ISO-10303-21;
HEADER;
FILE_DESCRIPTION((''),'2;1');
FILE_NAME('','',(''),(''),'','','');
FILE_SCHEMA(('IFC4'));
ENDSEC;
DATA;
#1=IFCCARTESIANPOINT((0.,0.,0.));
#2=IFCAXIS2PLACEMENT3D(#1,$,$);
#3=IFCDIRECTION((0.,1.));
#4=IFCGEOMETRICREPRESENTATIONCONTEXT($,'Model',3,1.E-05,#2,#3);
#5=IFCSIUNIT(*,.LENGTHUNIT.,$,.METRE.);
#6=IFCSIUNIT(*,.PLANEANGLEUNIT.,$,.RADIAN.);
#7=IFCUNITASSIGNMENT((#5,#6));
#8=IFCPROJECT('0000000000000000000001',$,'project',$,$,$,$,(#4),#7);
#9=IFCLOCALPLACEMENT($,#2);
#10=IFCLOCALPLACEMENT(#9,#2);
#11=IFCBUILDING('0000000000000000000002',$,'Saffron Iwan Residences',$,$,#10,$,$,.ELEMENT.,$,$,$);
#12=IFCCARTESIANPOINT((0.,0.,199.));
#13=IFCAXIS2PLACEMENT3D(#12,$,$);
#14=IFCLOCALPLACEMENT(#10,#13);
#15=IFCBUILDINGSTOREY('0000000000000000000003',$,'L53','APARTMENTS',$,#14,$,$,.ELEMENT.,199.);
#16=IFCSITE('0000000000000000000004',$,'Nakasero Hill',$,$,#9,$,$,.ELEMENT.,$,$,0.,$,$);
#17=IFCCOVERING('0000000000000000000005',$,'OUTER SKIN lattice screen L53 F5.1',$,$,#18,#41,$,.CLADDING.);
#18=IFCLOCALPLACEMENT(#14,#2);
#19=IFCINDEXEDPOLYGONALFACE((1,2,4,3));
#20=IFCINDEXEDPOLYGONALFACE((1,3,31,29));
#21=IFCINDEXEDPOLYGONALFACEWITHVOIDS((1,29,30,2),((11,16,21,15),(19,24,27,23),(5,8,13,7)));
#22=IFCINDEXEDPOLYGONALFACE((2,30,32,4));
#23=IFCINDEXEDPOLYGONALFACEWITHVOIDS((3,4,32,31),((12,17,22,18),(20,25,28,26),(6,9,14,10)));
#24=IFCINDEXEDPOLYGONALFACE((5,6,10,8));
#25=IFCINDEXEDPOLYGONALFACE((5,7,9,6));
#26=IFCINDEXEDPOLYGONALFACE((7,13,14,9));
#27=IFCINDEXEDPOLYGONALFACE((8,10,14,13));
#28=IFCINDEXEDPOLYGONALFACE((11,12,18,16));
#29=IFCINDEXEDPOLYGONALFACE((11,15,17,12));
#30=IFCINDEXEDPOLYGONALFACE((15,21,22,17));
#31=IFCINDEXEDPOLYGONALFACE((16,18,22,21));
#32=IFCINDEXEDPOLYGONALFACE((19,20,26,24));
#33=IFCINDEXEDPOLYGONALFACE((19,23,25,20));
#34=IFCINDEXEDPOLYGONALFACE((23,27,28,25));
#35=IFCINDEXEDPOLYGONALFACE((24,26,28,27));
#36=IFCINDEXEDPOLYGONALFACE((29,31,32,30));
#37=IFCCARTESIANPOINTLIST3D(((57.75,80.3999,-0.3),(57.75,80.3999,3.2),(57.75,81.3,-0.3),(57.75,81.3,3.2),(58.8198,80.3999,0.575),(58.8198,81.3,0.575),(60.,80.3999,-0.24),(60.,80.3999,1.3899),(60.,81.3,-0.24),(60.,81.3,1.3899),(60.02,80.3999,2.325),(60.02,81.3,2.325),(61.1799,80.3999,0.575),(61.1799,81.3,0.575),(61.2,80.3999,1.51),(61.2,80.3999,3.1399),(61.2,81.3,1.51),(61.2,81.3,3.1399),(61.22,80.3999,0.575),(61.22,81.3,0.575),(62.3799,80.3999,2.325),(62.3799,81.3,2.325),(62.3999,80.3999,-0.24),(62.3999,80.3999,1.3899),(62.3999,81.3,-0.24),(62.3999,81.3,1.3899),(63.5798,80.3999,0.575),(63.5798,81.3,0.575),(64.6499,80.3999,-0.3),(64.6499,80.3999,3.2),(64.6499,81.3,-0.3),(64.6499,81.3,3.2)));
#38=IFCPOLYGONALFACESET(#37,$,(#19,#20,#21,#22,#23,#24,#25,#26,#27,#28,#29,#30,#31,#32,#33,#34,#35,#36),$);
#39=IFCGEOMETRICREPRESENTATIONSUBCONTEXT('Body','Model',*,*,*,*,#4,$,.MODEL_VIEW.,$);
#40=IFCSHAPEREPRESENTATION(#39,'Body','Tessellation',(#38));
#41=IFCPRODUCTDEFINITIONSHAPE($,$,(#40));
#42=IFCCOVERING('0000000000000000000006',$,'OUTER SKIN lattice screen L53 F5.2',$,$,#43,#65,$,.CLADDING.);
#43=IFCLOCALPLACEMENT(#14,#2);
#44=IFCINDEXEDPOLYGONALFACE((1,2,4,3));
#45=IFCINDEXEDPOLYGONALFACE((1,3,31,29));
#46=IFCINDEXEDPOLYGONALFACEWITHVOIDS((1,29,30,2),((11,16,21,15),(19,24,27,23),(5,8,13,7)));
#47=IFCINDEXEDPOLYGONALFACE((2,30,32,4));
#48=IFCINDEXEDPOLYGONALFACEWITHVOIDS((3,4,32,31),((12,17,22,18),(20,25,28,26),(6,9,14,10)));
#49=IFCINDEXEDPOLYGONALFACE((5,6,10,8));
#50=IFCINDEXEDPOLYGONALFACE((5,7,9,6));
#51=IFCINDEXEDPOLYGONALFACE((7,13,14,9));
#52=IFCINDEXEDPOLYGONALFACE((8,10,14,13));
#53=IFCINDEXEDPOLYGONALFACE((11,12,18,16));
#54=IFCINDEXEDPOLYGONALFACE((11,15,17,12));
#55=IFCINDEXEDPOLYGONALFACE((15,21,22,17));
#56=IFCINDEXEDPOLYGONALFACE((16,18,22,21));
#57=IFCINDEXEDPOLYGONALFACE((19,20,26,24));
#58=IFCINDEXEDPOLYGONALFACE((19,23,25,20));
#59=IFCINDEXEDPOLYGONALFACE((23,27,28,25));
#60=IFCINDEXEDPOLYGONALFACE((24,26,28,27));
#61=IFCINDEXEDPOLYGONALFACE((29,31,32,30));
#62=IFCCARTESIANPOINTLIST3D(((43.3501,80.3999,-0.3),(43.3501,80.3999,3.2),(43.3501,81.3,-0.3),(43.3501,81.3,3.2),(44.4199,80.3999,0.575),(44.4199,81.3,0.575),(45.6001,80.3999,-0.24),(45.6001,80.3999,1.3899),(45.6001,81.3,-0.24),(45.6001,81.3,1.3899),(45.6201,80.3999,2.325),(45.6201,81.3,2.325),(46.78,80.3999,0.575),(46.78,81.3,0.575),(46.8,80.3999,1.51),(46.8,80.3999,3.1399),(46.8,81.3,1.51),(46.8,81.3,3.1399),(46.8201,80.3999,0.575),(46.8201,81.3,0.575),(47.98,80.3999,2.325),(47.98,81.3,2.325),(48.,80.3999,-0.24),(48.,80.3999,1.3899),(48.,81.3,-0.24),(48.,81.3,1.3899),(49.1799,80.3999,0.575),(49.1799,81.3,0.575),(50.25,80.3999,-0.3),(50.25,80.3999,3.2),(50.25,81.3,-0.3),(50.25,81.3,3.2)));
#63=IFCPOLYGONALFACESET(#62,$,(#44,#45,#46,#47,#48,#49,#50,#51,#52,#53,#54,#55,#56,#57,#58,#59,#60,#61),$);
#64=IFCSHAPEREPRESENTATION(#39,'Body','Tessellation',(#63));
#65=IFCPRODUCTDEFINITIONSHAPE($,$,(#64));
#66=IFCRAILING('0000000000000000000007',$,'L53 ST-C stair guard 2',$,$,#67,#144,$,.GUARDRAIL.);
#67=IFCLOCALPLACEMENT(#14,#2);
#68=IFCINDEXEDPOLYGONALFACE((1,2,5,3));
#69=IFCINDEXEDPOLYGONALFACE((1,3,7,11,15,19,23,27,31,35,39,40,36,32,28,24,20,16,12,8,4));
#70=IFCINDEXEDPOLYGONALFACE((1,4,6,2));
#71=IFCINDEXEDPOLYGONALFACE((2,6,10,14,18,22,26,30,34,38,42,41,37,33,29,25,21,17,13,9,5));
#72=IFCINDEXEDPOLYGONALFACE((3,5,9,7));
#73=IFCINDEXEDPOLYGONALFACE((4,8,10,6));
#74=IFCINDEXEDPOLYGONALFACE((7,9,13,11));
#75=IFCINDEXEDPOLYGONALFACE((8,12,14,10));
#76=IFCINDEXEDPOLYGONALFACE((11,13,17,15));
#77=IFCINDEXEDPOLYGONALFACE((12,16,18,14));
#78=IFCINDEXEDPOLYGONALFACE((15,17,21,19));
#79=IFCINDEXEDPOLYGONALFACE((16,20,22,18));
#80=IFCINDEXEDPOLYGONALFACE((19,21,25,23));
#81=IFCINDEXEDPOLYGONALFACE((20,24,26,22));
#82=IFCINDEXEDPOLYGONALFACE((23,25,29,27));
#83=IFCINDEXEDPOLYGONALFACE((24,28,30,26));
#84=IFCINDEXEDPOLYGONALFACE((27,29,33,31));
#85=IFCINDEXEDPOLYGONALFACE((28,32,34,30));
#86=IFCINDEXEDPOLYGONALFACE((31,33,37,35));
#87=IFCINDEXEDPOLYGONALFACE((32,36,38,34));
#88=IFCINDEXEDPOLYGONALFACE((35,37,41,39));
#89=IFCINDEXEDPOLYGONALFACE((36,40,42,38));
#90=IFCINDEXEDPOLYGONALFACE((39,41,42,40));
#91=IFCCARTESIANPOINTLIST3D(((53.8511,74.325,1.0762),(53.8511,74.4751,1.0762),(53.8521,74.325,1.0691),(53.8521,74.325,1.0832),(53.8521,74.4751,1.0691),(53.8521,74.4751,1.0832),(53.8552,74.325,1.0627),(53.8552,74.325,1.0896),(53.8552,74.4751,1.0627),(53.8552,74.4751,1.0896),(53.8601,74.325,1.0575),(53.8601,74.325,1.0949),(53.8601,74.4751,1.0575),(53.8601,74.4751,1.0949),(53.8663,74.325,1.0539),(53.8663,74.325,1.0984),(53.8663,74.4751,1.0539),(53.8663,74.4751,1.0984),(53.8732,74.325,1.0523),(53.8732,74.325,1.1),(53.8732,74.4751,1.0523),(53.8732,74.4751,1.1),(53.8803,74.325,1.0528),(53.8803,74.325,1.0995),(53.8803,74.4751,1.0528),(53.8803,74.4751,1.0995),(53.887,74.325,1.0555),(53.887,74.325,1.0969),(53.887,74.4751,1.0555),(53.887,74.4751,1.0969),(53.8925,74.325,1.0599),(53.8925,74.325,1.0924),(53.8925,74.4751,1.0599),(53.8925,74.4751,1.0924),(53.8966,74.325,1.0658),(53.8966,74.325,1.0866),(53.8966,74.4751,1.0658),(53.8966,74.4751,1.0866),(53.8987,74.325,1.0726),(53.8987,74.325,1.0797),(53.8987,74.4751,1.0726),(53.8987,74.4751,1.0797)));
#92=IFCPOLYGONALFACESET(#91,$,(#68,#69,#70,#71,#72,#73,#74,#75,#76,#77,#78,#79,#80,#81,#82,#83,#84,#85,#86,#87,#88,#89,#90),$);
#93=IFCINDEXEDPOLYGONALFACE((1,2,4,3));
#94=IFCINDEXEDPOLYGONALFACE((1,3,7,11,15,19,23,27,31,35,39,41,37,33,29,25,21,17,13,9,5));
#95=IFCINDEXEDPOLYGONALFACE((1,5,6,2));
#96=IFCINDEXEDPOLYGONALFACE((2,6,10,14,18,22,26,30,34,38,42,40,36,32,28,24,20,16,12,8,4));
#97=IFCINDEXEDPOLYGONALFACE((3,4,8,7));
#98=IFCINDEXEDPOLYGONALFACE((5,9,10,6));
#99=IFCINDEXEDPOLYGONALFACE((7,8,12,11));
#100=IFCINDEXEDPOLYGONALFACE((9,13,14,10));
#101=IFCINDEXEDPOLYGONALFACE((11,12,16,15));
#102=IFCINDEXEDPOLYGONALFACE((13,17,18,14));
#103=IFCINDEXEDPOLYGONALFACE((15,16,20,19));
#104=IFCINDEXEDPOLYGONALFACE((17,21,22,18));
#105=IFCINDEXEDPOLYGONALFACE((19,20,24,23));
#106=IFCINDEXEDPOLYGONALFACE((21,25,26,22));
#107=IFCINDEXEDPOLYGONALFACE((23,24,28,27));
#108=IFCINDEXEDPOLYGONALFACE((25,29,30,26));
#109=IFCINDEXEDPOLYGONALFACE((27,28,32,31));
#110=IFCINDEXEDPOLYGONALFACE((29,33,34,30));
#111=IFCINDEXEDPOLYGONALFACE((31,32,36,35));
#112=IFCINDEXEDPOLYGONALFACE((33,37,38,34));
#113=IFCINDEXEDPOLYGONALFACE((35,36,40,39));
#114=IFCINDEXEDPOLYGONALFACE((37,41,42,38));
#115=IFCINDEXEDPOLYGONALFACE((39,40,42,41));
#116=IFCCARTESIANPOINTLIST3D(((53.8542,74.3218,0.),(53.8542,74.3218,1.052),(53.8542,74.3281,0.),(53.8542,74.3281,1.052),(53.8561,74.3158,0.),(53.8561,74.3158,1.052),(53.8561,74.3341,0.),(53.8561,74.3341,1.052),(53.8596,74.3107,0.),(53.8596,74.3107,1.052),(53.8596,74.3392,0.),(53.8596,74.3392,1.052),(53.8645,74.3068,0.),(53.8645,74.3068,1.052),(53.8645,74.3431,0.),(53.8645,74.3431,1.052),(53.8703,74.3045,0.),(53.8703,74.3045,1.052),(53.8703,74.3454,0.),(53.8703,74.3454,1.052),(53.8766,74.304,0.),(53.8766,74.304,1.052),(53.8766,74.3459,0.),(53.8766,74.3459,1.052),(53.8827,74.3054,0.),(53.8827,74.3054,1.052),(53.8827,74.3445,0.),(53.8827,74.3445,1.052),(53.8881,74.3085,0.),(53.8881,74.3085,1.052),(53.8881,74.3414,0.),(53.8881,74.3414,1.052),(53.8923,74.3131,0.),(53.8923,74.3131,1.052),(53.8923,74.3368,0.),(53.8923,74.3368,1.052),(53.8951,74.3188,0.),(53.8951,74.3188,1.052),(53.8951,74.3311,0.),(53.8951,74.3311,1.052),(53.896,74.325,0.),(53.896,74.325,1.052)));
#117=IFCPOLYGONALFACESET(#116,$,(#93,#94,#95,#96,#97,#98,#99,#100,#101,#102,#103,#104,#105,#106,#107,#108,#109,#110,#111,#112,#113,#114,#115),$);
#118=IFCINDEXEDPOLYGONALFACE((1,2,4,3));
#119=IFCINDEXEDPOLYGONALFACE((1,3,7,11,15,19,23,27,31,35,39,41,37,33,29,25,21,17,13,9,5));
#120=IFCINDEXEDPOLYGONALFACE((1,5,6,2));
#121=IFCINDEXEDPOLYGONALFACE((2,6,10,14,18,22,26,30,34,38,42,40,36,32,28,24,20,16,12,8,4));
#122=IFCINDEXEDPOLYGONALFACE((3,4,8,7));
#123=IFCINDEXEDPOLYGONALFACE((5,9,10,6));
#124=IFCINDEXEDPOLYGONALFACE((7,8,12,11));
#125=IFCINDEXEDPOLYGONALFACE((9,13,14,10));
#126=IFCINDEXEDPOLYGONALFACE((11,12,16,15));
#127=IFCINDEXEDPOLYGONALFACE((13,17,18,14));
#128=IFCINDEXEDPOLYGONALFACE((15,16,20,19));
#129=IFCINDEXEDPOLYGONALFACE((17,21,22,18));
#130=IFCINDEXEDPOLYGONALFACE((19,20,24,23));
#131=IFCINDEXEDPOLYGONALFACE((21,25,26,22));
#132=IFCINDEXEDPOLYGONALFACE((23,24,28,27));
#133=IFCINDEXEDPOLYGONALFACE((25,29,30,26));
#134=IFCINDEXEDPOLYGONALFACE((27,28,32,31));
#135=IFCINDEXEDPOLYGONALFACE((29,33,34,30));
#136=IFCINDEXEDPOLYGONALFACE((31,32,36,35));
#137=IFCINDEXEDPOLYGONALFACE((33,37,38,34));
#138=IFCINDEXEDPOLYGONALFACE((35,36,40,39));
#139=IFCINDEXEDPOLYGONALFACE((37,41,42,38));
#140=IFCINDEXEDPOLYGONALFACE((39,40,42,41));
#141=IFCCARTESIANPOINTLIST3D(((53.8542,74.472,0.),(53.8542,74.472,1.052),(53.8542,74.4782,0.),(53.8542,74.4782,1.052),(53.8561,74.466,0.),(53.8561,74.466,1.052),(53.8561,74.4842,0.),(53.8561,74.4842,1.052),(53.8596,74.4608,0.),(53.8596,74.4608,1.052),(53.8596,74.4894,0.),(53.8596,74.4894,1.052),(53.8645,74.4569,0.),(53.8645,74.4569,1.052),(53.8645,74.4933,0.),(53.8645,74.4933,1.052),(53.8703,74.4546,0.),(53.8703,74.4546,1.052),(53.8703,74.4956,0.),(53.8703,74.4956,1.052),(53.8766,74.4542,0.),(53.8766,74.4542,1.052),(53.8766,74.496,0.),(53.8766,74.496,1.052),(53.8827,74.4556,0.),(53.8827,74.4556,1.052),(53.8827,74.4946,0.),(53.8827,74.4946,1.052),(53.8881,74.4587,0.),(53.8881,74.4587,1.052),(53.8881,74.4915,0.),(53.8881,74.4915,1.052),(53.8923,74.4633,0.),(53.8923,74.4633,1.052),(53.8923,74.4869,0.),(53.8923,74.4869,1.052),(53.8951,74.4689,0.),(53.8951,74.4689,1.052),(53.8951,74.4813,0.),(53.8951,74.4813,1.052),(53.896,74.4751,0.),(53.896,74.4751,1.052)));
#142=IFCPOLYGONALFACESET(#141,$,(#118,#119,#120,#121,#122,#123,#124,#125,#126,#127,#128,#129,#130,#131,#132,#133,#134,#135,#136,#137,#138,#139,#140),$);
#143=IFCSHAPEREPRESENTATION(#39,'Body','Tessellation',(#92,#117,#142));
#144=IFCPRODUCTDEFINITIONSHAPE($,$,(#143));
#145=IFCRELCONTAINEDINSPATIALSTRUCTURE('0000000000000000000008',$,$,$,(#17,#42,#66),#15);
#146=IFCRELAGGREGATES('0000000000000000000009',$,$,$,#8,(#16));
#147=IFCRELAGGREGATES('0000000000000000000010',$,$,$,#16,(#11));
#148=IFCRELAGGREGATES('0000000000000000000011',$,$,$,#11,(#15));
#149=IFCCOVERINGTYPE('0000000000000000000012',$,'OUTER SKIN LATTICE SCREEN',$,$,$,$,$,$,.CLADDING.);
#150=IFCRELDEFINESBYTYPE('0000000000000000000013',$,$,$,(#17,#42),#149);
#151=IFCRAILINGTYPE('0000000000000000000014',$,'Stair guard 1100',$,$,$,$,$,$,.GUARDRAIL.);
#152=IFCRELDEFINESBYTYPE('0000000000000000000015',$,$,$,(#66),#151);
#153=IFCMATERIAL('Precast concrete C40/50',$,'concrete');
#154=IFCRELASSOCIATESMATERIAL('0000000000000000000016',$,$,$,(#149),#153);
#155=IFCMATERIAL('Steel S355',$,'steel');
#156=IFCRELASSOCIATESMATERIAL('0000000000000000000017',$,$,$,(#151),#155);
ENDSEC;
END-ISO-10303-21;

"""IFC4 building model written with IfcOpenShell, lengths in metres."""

from ifc_helpers import new_model, si_unit, direction, frame, origin, origin_2d, place, context, subcontext, project, spatial, polyline, circle, outline, extrude, material, type_object, element, save


model = new_model("IFC4")

# Units and contexts
model_context = context("Model", 3, precision=1e-05, world=origin(), true_north=direction((0.0, 1.0)))
body_context = subcontext(model_context, "Body", "Model", "MODEL_VIEW")
ifc_project = project(units=[si_unit("LENGTHUNIT", "METRE"), si_unit("PLANEANGLEUNIT", "RADIAN")], contexts=[model_context])

# Site, building, storey
site_placement = place(None, origin())
site = spatial("IfcSite", under=ifc_project, at=site_placement, Name="Nakasero Hill", CompositionType="ELEMENT", RefElevation=0.0)
building_placement = place(site_placement, origin())
building = spatial("IfcBuilding", under=site, at=building_placement, Name="Saffron Iwan Residences", CompositionType="ELEMENT")
storey_placement = place(building_placement, frame((0.0, 0.0, 199.0)))
storey = spatial("IfcBuildingStorey", under=building, at=storey_placement, Name="L53", Description="APARTMENTS", CompositionType="ELEMENT", Elevation=199.0)

# Coverings
ifc_material_1 = material(Name="Precast concrete C40/50", Category="concrete")
covering_type_1 = type_object("IfcCoveringType", Name="OUTER SKIN LATTICE SCREEN", PredefinedType="CLADDING", material=ifc_material_1)
for number, where, z_axis, x_axis, name in (
    (1, (64.6499, 80.3999, -0.3), (0.0, 1.0, 0.0), (-1.0, 0.0, 0.0), "OUTER SKIN lattice screen L53 F5.1"),
    (2, (50.25, 80.3999, -0.3), (0.0, 1.0, 0.0), (-1.0, 0.0, 0.0), "OUTER SKIN lattice screen L53 F5.2"),
):
    element("IfcCovering", number, at=place(storey_placement, frame(where, z_axis=z_axis, x_axis=x_axis)), inside=storey, type_object=covering_type_1, Name=name, PredefinedType="CLADDING", context=body_context, shape_type="SweptSolid", body=[
        extrude(outline(polyline([(0.0, 0.0), (6.8999, 0.0), (6.8999, 3.5), (0.0, 3.5), (0.0, 0.0)]), holes=[polyline([(1.0701, 0.875), (2.25, 0.0601), (3.4299, 0.875), (2.25, 1.6899), (1.0701, 0.875)]), polyline([(3.47, 0.875), (4.6499, 0.0601), (5.8301, 0.875), (4.6499, 1.6899), (3.47, 0.875)]), polyline([(2.27, 2.625), (3.45, 1.8101), (4.6299, 2.625), (3.45, 3.4399), (2.27, 2.625)])]), origin(), (0.0, 0.0, 1.0), 0.9001),
    ])

# Railing
ifc_material_2 = material(Name="Steel S355", Category="steel")
railing_type_1 = type_object("IfcRailingType", Name="Stair guard 1100", PredefinedType="GUARDRAIL", material=ifc_material_2)
railing_1_placement = place(storey_placement, frame((53.875, 74.325, 0.0)))
element("IfcRailing", 3, at=railing_1_placement, inside=storey, type_object=railing_type_1, Name="L53 ST-C stair guard 2", PredefinedType="GUARDRAIL", context=body_context, shape_type="SweptSolid", body=[
    extrude(circle(Radius=0.0239, at=origin_2d()), frame((0.0, 0.0, 1.0762), z_axis=(0.0, 1.0, 0.0), x_axis=(-1.0, 0.0, 0.0)), (0.0, 0.0, 1.0), 0.1501),
    extrude(circle(Radius=0.021, at=origin_2d()), origin(), (0.0, 0.0, 1.0), 1.052),
    extrude(circle(Radius=0.021, at=origin_2d()), frame((0.0, 0.1501, 0.0)), (0.0, 0.0, 1.0), 1.052),
])

save(model, "model.ifc")
